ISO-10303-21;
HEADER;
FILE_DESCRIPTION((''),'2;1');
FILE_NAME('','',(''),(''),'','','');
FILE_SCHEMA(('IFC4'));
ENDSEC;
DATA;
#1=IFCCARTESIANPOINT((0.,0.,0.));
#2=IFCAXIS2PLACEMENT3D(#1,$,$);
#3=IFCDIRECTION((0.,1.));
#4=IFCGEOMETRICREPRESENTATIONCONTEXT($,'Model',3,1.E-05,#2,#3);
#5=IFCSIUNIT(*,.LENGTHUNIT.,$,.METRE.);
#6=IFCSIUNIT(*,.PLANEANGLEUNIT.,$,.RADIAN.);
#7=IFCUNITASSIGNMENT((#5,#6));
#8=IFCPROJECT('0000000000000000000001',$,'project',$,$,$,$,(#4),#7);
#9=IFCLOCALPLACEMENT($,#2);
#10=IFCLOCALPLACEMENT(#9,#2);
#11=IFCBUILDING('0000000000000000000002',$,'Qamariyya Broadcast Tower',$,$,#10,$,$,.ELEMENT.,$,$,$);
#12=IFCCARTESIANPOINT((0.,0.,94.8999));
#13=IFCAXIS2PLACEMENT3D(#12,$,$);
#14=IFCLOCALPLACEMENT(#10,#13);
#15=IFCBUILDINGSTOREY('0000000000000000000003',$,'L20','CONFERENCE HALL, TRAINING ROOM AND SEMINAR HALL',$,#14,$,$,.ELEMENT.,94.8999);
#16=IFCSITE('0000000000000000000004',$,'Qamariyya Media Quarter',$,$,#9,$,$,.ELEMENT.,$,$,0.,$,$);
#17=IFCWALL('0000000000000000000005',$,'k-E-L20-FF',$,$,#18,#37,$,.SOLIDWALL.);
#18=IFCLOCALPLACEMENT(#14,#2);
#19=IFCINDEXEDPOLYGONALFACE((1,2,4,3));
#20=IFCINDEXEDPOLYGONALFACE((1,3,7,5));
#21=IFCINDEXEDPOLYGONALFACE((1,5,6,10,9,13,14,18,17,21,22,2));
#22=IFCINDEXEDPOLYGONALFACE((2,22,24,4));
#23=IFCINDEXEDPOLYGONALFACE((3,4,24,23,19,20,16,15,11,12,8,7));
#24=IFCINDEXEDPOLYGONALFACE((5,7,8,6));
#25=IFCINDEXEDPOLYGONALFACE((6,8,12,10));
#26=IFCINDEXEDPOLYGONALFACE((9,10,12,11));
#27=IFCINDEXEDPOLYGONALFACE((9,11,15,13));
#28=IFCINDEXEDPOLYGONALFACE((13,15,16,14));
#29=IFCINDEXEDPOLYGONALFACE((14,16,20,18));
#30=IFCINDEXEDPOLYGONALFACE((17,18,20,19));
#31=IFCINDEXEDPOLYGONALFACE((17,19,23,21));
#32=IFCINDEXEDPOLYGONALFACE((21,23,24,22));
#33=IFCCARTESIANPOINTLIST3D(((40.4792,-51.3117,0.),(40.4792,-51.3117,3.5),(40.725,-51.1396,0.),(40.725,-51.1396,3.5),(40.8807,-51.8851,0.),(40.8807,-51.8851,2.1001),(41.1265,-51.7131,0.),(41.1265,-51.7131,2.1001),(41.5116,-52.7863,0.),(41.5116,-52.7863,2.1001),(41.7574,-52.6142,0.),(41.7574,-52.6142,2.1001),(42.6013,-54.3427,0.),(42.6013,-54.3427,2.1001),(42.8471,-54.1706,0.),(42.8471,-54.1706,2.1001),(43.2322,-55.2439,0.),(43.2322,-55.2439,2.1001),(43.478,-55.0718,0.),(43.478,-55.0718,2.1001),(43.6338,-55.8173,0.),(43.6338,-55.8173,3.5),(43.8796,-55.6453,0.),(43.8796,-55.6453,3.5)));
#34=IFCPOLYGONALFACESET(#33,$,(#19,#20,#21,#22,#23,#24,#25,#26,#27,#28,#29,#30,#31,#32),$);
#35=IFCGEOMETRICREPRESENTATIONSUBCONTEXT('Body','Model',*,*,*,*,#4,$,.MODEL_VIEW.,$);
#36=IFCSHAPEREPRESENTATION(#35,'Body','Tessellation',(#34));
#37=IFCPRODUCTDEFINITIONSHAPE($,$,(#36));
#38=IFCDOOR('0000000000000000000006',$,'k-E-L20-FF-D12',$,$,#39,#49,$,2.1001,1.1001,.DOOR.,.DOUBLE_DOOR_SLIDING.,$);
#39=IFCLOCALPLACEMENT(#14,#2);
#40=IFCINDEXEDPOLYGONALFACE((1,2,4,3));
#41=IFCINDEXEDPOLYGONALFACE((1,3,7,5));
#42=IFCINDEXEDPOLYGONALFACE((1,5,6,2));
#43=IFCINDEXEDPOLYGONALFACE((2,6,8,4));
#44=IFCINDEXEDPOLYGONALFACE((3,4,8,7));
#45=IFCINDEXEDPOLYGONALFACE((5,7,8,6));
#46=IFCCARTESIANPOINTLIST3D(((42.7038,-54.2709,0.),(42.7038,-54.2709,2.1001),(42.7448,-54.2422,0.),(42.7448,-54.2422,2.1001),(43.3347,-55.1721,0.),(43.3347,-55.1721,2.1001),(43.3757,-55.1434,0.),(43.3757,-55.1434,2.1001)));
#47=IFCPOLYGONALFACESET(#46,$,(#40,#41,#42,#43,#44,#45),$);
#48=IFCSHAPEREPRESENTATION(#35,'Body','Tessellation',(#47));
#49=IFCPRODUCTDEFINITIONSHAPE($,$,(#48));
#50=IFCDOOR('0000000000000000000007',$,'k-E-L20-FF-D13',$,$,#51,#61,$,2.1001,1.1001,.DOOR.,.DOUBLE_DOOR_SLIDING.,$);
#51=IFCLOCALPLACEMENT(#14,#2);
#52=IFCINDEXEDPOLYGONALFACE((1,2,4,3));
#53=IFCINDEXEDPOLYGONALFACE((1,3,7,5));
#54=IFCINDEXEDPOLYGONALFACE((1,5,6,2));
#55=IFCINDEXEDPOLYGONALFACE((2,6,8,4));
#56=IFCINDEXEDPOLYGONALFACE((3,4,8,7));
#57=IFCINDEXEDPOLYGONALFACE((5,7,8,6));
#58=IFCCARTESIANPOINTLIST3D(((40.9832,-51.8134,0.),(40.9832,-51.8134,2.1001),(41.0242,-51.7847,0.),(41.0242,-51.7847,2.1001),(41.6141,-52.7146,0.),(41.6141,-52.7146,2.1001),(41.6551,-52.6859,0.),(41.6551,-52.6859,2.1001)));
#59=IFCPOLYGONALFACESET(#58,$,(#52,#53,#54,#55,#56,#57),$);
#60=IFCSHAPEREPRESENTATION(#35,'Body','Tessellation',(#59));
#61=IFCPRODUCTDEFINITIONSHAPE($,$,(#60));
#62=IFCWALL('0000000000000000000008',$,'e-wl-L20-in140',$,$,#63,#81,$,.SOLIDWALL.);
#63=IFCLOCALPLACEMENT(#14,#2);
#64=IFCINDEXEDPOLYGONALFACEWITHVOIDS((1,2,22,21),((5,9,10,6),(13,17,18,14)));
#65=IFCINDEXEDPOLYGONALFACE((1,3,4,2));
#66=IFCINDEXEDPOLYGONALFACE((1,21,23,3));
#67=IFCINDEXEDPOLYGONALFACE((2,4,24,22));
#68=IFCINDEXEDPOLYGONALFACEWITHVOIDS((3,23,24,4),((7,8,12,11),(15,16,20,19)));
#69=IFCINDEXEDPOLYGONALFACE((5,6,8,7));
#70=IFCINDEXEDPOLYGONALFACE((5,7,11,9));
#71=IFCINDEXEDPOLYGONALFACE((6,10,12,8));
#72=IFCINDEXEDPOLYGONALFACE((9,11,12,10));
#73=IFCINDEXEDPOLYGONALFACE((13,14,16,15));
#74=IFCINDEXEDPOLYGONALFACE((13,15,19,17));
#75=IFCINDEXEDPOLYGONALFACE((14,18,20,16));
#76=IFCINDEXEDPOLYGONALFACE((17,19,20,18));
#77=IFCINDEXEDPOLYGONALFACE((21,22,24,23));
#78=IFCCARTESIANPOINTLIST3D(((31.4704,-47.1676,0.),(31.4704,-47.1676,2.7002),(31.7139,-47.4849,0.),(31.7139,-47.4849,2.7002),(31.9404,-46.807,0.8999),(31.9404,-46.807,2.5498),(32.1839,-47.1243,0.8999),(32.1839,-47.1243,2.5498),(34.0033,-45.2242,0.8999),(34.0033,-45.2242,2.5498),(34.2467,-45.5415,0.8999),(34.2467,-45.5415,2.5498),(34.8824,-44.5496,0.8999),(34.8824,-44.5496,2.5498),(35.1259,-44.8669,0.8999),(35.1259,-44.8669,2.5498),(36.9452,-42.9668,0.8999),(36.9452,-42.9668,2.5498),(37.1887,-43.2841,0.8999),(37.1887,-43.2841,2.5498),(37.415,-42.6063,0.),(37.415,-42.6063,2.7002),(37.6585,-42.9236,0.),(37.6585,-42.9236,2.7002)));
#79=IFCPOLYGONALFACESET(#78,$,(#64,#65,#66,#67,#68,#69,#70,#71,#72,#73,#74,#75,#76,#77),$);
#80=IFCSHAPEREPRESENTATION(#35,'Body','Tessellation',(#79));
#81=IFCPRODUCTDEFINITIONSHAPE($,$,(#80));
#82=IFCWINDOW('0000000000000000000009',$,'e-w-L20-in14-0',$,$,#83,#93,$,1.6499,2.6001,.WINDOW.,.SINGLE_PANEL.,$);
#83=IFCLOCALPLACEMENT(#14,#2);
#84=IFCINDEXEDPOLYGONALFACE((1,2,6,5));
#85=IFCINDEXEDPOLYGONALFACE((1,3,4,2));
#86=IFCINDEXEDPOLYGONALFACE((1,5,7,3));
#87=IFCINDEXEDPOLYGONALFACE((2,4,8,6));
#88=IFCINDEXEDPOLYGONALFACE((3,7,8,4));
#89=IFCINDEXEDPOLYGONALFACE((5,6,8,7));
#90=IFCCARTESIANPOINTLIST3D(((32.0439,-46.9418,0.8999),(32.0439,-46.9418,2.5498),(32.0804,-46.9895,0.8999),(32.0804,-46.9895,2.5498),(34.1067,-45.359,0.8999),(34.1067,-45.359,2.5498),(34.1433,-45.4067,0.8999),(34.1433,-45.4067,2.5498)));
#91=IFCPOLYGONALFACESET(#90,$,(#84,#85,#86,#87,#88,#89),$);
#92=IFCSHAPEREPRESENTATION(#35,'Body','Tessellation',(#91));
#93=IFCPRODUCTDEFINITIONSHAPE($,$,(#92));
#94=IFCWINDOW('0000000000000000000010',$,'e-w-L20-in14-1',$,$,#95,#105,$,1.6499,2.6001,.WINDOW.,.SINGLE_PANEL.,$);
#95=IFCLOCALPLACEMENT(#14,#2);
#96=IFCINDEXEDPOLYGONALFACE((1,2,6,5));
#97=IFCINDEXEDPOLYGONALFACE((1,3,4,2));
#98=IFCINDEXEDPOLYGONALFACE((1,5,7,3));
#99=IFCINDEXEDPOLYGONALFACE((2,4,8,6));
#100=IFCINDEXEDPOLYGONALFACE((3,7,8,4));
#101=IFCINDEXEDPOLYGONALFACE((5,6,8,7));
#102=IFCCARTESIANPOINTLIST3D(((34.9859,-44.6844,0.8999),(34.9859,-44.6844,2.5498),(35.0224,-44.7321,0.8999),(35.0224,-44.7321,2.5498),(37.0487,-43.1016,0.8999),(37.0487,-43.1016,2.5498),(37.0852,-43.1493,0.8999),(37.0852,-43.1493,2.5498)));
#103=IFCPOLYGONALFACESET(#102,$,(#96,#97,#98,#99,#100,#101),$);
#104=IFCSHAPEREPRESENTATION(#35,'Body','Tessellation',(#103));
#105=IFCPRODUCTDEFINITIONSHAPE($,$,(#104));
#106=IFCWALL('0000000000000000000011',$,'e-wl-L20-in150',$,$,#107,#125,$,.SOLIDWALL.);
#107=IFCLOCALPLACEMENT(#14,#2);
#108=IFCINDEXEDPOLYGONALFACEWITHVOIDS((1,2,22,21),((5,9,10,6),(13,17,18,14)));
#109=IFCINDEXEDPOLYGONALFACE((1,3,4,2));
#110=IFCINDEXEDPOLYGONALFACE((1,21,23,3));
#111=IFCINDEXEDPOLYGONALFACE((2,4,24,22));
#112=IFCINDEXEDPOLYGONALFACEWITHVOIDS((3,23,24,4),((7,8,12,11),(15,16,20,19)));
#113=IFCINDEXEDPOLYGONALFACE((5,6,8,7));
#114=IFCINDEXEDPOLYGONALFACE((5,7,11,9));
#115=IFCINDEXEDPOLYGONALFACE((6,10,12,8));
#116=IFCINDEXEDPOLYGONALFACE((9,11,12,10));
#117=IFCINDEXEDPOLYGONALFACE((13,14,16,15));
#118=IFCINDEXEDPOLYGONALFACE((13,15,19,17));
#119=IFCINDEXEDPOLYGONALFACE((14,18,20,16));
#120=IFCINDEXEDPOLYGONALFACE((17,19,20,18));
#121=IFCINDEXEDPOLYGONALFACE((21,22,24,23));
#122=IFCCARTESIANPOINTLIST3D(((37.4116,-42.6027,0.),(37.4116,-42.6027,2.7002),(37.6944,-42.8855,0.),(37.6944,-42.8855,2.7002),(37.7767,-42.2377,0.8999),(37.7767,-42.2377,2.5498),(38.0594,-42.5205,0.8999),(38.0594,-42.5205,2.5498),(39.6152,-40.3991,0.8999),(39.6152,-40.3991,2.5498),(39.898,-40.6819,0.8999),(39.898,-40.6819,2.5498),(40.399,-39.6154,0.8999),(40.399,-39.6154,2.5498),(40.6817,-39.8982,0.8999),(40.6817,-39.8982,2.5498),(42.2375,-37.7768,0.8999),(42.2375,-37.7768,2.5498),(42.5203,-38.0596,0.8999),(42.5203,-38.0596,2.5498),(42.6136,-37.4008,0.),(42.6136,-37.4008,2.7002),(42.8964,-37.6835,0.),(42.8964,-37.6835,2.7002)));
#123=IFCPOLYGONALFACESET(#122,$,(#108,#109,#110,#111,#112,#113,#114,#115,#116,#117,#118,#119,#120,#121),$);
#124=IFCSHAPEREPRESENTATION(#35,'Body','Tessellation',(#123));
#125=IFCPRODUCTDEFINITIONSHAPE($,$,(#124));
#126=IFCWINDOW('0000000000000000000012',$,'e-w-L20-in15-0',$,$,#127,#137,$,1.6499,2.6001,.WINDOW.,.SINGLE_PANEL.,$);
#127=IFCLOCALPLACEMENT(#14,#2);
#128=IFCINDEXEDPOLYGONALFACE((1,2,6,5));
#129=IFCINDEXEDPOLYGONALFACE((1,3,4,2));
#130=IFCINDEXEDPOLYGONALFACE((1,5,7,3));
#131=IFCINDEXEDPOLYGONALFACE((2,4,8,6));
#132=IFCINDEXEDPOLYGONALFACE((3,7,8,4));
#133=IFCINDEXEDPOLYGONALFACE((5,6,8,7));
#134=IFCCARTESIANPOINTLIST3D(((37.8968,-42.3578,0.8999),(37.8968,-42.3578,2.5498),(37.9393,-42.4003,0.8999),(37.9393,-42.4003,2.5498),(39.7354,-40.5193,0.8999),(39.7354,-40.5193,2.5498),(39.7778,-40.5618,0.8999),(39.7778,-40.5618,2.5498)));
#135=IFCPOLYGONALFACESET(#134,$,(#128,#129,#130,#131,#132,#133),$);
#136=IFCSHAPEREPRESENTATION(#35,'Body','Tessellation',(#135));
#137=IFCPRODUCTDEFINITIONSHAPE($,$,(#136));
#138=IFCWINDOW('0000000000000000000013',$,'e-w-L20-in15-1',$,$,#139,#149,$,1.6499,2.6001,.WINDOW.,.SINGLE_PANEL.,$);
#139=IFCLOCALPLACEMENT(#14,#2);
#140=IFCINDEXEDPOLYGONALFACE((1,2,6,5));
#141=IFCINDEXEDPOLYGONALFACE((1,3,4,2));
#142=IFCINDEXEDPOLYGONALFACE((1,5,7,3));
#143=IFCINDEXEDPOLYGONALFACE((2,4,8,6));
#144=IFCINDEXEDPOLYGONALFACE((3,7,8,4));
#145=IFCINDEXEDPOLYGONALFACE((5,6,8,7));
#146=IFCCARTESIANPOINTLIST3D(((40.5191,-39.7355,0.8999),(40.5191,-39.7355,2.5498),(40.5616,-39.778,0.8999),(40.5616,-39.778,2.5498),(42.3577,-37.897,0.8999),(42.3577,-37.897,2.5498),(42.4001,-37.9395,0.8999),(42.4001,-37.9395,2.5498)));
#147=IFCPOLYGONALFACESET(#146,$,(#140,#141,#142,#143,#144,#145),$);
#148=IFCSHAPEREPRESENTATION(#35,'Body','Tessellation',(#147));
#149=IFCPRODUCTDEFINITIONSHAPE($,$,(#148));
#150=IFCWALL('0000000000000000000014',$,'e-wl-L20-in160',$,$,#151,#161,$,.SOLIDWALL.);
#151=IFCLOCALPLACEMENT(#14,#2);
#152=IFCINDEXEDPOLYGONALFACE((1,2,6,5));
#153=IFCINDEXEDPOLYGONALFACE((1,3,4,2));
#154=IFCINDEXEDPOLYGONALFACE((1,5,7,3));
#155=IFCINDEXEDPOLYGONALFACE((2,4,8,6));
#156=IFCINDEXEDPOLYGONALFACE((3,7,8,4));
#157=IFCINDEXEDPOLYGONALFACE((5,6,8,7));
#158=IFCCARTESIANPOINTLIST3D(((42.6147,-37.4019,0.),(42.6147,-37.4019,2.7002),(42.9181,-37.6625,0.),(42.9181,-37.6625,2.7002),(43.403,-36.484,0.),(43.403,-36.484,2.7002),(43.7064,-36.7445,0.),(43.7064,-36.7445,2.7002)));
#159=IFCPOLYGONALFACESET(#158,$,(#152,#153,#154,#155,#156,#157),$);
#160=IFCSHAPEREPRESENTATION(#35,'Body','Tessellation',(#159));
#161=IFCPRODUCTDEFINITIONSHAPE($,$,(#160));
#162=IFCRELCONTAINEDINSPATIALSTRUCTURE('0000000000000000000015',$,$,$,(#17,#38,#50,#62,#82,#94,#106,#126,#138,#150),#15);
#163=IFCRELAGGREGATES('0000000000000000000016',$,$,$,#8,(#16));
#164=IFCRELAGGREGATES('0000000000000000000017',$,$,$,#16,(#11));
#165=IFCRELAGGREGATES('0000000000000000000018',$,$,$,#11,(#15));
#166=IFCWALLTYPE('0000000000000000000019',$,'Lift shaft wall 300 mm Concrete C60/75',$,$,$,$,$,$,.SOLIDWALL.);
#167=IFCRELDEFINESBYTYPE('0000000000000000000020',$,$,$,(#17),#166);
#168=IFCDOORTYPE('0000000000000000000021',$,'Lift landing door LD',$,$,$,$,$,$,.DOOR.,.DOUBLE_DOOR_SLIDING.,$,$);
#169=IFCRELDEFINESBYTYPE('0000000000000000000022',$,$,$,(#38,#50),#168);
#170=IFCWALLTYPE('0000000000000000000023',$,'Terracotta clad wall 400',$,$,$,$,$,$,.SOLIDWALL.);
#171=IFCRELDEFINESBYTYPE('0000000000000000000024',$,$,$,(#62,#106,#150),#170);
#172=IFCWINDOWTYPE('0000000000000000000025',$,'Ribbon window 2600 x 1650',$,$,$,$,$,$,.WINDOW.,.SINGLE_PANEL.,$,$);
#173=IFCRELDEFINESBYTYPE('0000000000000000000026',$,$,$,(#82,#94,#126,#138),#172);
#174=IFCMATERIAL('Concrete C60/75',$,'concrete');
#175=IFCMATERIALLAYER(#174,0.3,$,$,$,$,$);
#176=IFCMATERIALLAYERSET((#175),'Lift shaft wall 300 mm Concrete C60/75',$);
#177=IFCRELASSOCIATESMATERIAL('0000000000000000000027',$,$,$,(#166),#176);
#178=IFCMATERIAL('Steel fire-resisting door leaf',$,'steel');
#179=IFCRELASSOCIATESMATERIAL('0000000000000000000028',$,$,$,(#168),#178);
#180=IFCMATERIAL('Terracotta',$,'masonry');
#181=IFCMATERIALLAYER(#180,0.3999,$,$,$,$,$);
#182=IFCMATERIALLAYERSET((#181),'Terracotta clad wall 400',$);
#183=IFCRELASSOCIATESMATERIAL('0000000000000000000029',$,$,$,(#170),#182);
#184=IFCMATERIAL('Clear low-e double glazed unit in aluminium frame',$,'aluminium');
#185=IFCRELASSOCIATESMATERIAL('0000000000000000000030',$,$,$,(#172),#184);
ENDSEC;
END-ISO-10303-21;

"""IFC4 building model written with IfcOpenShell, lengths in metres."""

from ifc_helpers import new_model, si_unit, direction, frame, frame_2d, origin, place, context, subcontext, project, spatial, rectangle, extrude, material, layer, layer_set, type_object, element, fill, save


model = new_model("IFC4")

# Units and contexts
model_context = context("Model", 3, precision=1e-05, world=origin(), true_north=direction((0.0, 1.0)))
body_context = subcontext(model_context, "Body", "Model", "MODEL_VIEW")
ifc_project = project(units=[si_unit("LENGTHUNIT", "METRE"), si_unit("PLANEANGLEUNIT", "RADIAN")], contexts=[model_context])

# Site, building, storey
site_placement = place(None, origin())
site = spatial("IfcSite", under=ifc_project, at=site_placement, Name="Qamariyya Media Quarter", CompositionType="ELEMENT", RefElevation=0.0)
building_placement = place(site_placement, origin())
building = spatial("IfcBuilding", under=site, at=building_placement, Name="Qamariyya Broadcast Tower", CompositionType="ELEMENT")
storey_placement = place(building_placement, frame((0.0, 0.0, 94.8999)))
storey = spatial("IfcBuildingStorey", under=building, at=storey_placement, Name="L20", Description="CONFERENCE HALL, TRAINING ROOM AND SEMINAR HALL", CompositionType="ELEMENT", Elevation=94.8999)

# Shared definitions
ifc_material_1 = material(Name="Concrete C60/75", Category="concrete")
ifc_layer_1 = layer(ifc_material_1, 0.3)
ifc_layer_set_1 = layer_set([ifc_layer_1], Name="Lift shaft wall 300 mm Concrete C60/75")
wall_type_1 = type_object("IfcWallType", Name="Lift shaft wall 300 mm Concrete C60/75", PredefinedType="SOLIDWALL", material=ifc_layer_set_1)

# Shared definitions
ifc_material_2 = material(Name="Steel fire-resisting door leaf", Category="steel")

# Wall, openings, doors
wall_1_placement = place(storey_placement, frame((43.7566, -55.7312, 0.0), z_axis=(0.0, 0.0, 1.0), x_axis=(-0.573537, 0.81918, 0.0)))
wall_1 = element("IfcWall", 1, at=wall_1_placement, inside=storey, type_object=wall_type_1, Name="k-E-L20-FF", PredefinedType="SOLIDWALL", context=body_context, shape_type="SweptSolid", body=[
    extrude(rectangle(XDim=5.5002, YDim=0.3, at=frame_2d((2.75, 0.0))), origin(), (0.0, 0.0, 1.0), 3.5),
])
opening_1_placement = place(wall_1_placement, frame((0.7, 0.0, 0.0)))
opening_1 = element("IfcOpeningElement", 2, at=opening_1_placement, cuts=wall_1, PredefinedType="OPENING", context=body_context, shape_type="SweptSolid", body=[
    extrude(rectangle(XDim=1.1001, YDim=2.1001, at=frame_2d((0.55, 1.05))), frame((0.0, 0.1599, 0.0), z_axis=(0.0, -1.0, 0.0), x_axis=(1.0, 0.0, 0.0)), (0.0, 0.0, 1.0), 0.3201),
])
opening_2_placement = place(wall_1_placement, frame((3.7, 0.0, 0.0)))
opening_2 = element("IfcOpeningElement", 3, at=opening_2_placement, cuts=wall_1, PredefinedType="OPENING", context=body_context, shape_type="SweptSolid", body=[
    extrude(rectangle(XDim=1.1001, YDim=2.1001, at=frame_2d((0.55, 1.05))), frame((0.0, 0.1599, 0.0), z_axis=(0.0, -1.0, 0.0), x_axis=(1.0, 0.0, 0.0)), (0.0, 0.0, 1.0), 0.3201),
])
door_type_1 = type_object("IfcDoorType", Name="Lift landing door LD", OperationType="DOUBLE_DOOR_SLIDING", PredefinedType="DOOR", material=ifc_material_2)
door_1_placement = place(opening_1_placement, origin())
door_1 = element("IfcDoor", 4, at=door_1_placement, inside=storey, type_object=door_type_1, Name="k-E-L20-FF-D12", OperationType="DOUBLE_DOOR_SLIDING", OverallHeight=2.1001, OverallWidth=1.1001, PredefinedType="DOOR", context=body_context, shape_type="SweptSolid", body=[
    extrude(rectangle(XDim=1.1001, YDim=2.1001, at=frame_2d((0.55, 1.05))), frame((0.0, 0.0249, 0.0), z_axis=(0.0, -1.0, 0.0), x_axis=(1.0, 0.0, 0.0)), (0.0, 0.0, 1.0), 0.05),
])
fill(opening_1, door_1)
door_2_placement = place(opening_2_placement, origin())
door_2 = element("IfcDoor", 5, at=door_2_placement, inside=storey, type_object=door_type_1, Name="k-E-L20-FF-D13", OperationType="DOUBLE_DOOR_SLIDING", OverallHeight=2.1001, OverallWidth=1.1001, PredefinedType="DOOR", context=body_context, shape_type="SweptSolid", body=[
    extrude(rectangle(XDim=1.1001, YDim=2.1001, at=frame_2d((0.55, 1.05))), frame((0.0, 0.0249, 0.0), z_axis=(0.0, -1.0, 0.0), x_axis=(1.0, 0.0, 0.0)), (0.0, 0.0, 1.0), 0.05),
])
fill(opening_2, door_2)

# Walls, openings, windows
ifc_material_3 = material(Name="Terracotta", Category="masonry")
ifc_layer_2 = layer(ifc_material_3, 0.3999)
ifc_layer_set_2 = layer_set([ifc_layer_2], Name="Terracotta clad wall 400")
wall_type_2 = type_object("IfcWallType", Name="Terracotta clad wall 400", PredefinedType="SOLIDWALL", material=ifc_layer_set_2)
wall_2_placement = place(storey_placement, frame((37.5369, -42.7649, 0.0), z_axis=(0.0, 0.0, 1.0), x_axis=(-0.793363, -0.608748, 0.0)))
wall_2 = element("IfcWall", 6, at=wall_2_placement, inside=storey, type_object=wall_type_2, Name="e-wl-L20-in140", PredefinedType="SOLIDWALL", context=body_context, shape_type="SweptSolid", body=[
    extrude(rectangle(XDim=7.4929, YDim=0.3999, at=frame_2d((3.7466, 0.0))), origin(), (0.0, 0.0, 1.0), 2.7002),
])
opening_3_placement = place(wall_2_placement, frame((4.3005, 0.0, 0.8999)))
opening_3 = element("IfcOpeningElement", 7, at=opening_3_placement, cuts=wall_2, PredefinedType="OPENING", context=body_context, shape_type="SweptSolid", body=[
    extrude(rectangle(XDim=2.6001, YDim=1.6499, at=frame_2d((1.3, 0.825))), frame((0.0, 0.21, 0.0), z_axis=(0.0, -1.0, 0.0), x_axis=(1.0, 0.0, 0.0)), (0.0, 0.0, 1.0), 0.4199),
])
opening_4_placement = place(wall_2_placement, frame((0.5923, 0.0, 0.8999)))
opening_4 = element("IfcOpeningElement", 8, at=opening_4_placement, cuts=wall_2, PredefinedType="OPENING", context=body_context, shape_type="SweptSolid", body=[
    extrude(rectangle(XDim=2.6001, YDim=1.6499, at=frame_2d((1.3, 0.825))), frame((0.0, 0.21, 0.0), z_axis=(0.0, -1.0, 0.0), x_axis=(1.0, 0.0, 0.0)), (0.0, 0.0, 1.0), 0.4199),
])
ifc_material_4 = material(Name="Clear low-e double glazed unit in aluminium frame", Category="aluminium")
window_type = type_object("IfcWindowType", Name="Ribbon window 2600 x 1650", PartitioningType="SINGLE_PANEL", PredefinedType="WINDOW", material=ifc_material_4)
window_1_placement = place(opening_3_placement, origin())
window_1 = element("IfcWindow", 9, at=window_1_placement, inside=storey, type_object=window_type, Name="e-w-L20-in14-0", OverallHeight=1.6499, OverallWidth=2.6001, PartitioningType="SINGLE_PANEL", PredefinedType="WINDOW", context=body_context, shape_type="SweptSolid", body=[
    extrude(rectangle(XDim=2.6001, YDim=1.6499, at=frame_2d((1.3, 0.825))), frame((0.0, 0.03, 0.0), z_axis=(0.0, -1.0, 0.0), x_axis=(1.0, 0.0, 0.0)), (0.0, 0.0, 1.0), 0.0601),
])
fill(opening_3, window_1)
window_2_placement = place(opening_4_placement, origin())
window_2 = element("IfcWindow", 10, at=window_2_placement, inside=storey, type_object=window_type, Name="e-w-L20-in14-1", OverallHeight=1.6499, OverallWidth=2.6001, PartitioningType="SINGLE_PANEL", PredefinedType="WINDOW", context=body_context, shape_type="SweptSolid", body=[
    extrude(rectangle(XDim=2.6001, YDim=1.6499, at=frame_2d((1.3, 0.825))), frame((0.0, 0.03, 0.0), z_axis=(0.0, -1.0, 0.0), x_axis=(1.0, 0.0, 0.0)), (0.0, 0.0, 1.0), 0.0601),
])
fill(opening_4, window_2)
wall_3_placement = place(storey_placement, frame((42.7549, -37.5422, 0.0), z_axis=(0.0, 0.0, 1.0), x_axis=(-0.707107, -0.707107, 0.0)))
wall_3 = element("IfcWall", 11, at=wall_3_placement, inside=storey, type_object=wall_type_2, Name="e-wl-L20-in150", PredefinedType="SOLIDWALL", context=body_context, shape_type="SweptSolid", body=[
    extrude(rectangle(XDim=7.3567, YDim=0.3999, at=frame_2d((3.6782, 0.0))), origin(), (0.0, 0.0, 1.0), 2.7002),
])
opening_5_placement = place(wall_3_placement, frame((4.2402, 0.0, 0.8999)))
opening_5 = element("IfcOpeningElement", 12, at=opening_5_placement, cuts=wall_3, PredefinedType="OPENING", context=body_context, shape_type="SweptSolid", body=[
    extrude(rectangle(XDim=2.6001, YDim=1.6499, at=frame_2d((1.3, 0.825))), frame((0.0, 0.21, 0.0), z_axis=(0.0, -1.0, 0.0), x_axis=(1.0, 0.0, 0.0)), (0.0, 0.0, 1.0), 0.4199),
])
opening_6_placement = place(wall_3_placement, frame((0.5317, 0.0, 0.8999)))
opening_6 = element("IfcOpeningElement", 13, at=opening_6_placement, cuts=wall_3, PredefinedType="OPENING", context=body_context, shape_type="SweptSolid", body=[
    extrude(rectangle(XDim=2.6001, YDim=1.6499, at=frame_2d((1.3, 0.825))), frame((0.0, 0.21, 0.0), z_axis=(0.0, -1.0, 0.0), x_axis=(1.0, 0.0, 0.0)), (0.0, 0.0, 1.0), 0.4199),
])
window_3_placement = place(opening_5_placement, origin())
window_3 = element("IfcWindow", 14, at=window_3_placement, inside=storey, type_object=window_type, Name="e-w-L20-in15-0", OverallHeight=1.6499, OverallWidth=2.6001, PartitioningType="SINGLE_PANEL", PredefinedType="WINDOW", context=body_context, shape_type="SweptSolid", body=[
    extrude(rectangle(XDim=2.6001, YDim=1.6499, at=frame_2d((1.3, 0.825))), frame((0.0, 0.03, 0.0), z_axis=(0.0, -1.0, 0.0), x_axis=(1.0, 0.0, 0.0)), (0.0, 0.0, 1.0), 0.0601),
])
fill(opening_5, window_3)
window_4_placement = place(opening_6_placement, origin())
window_4 = element("IfcWindow", 15, at=window_4_placement, inside=storey, type_object=window_type, Name="e-w-L20-in15-1", OverallHeight=1.6499, OverallWidth=2.6001, PartitioningType="SINGLE_PANEL", PredefinedType="WINDOW", context=body_context, shape_type="SweptSolid", body=[
    extrude(rectangle(XDim=2.6001, YDim=1.6499, at=frame_2d((1.3, 0.825))), frame((0.0, 0.03, 0.0), z_axis=(0.0, -1.0, 0.0), x_axis=(1.0, 0.0, 0.0)), (0.0, 0.0, 1.0), 0.0601),
])
fill(opening_6, window_4)

# Wall
wall_4_placement = place(storey_placement, frame((43.5547, -36.6143, 0.0), z_axis=(0.0, 0.0, 1.0), x_axis=(-0.651506, -0.758644, 0.0)))
element("IfcWall", 16, at=wall_4_placement, inside=storey, type_object=wall_type_2, Name="e-wl-L20-in160", PredefinedType="SOLIDWALL", context=body_context, shape_type="SweptSolid", body=[
    extrude(rectangle(XDim=1.21, YDim=0.3999, at=frame_2d((0.605, 0.0))), origin(), (0.0, 0.0, 1.0), 2.7002),
])

save(model, "model.ifc")
